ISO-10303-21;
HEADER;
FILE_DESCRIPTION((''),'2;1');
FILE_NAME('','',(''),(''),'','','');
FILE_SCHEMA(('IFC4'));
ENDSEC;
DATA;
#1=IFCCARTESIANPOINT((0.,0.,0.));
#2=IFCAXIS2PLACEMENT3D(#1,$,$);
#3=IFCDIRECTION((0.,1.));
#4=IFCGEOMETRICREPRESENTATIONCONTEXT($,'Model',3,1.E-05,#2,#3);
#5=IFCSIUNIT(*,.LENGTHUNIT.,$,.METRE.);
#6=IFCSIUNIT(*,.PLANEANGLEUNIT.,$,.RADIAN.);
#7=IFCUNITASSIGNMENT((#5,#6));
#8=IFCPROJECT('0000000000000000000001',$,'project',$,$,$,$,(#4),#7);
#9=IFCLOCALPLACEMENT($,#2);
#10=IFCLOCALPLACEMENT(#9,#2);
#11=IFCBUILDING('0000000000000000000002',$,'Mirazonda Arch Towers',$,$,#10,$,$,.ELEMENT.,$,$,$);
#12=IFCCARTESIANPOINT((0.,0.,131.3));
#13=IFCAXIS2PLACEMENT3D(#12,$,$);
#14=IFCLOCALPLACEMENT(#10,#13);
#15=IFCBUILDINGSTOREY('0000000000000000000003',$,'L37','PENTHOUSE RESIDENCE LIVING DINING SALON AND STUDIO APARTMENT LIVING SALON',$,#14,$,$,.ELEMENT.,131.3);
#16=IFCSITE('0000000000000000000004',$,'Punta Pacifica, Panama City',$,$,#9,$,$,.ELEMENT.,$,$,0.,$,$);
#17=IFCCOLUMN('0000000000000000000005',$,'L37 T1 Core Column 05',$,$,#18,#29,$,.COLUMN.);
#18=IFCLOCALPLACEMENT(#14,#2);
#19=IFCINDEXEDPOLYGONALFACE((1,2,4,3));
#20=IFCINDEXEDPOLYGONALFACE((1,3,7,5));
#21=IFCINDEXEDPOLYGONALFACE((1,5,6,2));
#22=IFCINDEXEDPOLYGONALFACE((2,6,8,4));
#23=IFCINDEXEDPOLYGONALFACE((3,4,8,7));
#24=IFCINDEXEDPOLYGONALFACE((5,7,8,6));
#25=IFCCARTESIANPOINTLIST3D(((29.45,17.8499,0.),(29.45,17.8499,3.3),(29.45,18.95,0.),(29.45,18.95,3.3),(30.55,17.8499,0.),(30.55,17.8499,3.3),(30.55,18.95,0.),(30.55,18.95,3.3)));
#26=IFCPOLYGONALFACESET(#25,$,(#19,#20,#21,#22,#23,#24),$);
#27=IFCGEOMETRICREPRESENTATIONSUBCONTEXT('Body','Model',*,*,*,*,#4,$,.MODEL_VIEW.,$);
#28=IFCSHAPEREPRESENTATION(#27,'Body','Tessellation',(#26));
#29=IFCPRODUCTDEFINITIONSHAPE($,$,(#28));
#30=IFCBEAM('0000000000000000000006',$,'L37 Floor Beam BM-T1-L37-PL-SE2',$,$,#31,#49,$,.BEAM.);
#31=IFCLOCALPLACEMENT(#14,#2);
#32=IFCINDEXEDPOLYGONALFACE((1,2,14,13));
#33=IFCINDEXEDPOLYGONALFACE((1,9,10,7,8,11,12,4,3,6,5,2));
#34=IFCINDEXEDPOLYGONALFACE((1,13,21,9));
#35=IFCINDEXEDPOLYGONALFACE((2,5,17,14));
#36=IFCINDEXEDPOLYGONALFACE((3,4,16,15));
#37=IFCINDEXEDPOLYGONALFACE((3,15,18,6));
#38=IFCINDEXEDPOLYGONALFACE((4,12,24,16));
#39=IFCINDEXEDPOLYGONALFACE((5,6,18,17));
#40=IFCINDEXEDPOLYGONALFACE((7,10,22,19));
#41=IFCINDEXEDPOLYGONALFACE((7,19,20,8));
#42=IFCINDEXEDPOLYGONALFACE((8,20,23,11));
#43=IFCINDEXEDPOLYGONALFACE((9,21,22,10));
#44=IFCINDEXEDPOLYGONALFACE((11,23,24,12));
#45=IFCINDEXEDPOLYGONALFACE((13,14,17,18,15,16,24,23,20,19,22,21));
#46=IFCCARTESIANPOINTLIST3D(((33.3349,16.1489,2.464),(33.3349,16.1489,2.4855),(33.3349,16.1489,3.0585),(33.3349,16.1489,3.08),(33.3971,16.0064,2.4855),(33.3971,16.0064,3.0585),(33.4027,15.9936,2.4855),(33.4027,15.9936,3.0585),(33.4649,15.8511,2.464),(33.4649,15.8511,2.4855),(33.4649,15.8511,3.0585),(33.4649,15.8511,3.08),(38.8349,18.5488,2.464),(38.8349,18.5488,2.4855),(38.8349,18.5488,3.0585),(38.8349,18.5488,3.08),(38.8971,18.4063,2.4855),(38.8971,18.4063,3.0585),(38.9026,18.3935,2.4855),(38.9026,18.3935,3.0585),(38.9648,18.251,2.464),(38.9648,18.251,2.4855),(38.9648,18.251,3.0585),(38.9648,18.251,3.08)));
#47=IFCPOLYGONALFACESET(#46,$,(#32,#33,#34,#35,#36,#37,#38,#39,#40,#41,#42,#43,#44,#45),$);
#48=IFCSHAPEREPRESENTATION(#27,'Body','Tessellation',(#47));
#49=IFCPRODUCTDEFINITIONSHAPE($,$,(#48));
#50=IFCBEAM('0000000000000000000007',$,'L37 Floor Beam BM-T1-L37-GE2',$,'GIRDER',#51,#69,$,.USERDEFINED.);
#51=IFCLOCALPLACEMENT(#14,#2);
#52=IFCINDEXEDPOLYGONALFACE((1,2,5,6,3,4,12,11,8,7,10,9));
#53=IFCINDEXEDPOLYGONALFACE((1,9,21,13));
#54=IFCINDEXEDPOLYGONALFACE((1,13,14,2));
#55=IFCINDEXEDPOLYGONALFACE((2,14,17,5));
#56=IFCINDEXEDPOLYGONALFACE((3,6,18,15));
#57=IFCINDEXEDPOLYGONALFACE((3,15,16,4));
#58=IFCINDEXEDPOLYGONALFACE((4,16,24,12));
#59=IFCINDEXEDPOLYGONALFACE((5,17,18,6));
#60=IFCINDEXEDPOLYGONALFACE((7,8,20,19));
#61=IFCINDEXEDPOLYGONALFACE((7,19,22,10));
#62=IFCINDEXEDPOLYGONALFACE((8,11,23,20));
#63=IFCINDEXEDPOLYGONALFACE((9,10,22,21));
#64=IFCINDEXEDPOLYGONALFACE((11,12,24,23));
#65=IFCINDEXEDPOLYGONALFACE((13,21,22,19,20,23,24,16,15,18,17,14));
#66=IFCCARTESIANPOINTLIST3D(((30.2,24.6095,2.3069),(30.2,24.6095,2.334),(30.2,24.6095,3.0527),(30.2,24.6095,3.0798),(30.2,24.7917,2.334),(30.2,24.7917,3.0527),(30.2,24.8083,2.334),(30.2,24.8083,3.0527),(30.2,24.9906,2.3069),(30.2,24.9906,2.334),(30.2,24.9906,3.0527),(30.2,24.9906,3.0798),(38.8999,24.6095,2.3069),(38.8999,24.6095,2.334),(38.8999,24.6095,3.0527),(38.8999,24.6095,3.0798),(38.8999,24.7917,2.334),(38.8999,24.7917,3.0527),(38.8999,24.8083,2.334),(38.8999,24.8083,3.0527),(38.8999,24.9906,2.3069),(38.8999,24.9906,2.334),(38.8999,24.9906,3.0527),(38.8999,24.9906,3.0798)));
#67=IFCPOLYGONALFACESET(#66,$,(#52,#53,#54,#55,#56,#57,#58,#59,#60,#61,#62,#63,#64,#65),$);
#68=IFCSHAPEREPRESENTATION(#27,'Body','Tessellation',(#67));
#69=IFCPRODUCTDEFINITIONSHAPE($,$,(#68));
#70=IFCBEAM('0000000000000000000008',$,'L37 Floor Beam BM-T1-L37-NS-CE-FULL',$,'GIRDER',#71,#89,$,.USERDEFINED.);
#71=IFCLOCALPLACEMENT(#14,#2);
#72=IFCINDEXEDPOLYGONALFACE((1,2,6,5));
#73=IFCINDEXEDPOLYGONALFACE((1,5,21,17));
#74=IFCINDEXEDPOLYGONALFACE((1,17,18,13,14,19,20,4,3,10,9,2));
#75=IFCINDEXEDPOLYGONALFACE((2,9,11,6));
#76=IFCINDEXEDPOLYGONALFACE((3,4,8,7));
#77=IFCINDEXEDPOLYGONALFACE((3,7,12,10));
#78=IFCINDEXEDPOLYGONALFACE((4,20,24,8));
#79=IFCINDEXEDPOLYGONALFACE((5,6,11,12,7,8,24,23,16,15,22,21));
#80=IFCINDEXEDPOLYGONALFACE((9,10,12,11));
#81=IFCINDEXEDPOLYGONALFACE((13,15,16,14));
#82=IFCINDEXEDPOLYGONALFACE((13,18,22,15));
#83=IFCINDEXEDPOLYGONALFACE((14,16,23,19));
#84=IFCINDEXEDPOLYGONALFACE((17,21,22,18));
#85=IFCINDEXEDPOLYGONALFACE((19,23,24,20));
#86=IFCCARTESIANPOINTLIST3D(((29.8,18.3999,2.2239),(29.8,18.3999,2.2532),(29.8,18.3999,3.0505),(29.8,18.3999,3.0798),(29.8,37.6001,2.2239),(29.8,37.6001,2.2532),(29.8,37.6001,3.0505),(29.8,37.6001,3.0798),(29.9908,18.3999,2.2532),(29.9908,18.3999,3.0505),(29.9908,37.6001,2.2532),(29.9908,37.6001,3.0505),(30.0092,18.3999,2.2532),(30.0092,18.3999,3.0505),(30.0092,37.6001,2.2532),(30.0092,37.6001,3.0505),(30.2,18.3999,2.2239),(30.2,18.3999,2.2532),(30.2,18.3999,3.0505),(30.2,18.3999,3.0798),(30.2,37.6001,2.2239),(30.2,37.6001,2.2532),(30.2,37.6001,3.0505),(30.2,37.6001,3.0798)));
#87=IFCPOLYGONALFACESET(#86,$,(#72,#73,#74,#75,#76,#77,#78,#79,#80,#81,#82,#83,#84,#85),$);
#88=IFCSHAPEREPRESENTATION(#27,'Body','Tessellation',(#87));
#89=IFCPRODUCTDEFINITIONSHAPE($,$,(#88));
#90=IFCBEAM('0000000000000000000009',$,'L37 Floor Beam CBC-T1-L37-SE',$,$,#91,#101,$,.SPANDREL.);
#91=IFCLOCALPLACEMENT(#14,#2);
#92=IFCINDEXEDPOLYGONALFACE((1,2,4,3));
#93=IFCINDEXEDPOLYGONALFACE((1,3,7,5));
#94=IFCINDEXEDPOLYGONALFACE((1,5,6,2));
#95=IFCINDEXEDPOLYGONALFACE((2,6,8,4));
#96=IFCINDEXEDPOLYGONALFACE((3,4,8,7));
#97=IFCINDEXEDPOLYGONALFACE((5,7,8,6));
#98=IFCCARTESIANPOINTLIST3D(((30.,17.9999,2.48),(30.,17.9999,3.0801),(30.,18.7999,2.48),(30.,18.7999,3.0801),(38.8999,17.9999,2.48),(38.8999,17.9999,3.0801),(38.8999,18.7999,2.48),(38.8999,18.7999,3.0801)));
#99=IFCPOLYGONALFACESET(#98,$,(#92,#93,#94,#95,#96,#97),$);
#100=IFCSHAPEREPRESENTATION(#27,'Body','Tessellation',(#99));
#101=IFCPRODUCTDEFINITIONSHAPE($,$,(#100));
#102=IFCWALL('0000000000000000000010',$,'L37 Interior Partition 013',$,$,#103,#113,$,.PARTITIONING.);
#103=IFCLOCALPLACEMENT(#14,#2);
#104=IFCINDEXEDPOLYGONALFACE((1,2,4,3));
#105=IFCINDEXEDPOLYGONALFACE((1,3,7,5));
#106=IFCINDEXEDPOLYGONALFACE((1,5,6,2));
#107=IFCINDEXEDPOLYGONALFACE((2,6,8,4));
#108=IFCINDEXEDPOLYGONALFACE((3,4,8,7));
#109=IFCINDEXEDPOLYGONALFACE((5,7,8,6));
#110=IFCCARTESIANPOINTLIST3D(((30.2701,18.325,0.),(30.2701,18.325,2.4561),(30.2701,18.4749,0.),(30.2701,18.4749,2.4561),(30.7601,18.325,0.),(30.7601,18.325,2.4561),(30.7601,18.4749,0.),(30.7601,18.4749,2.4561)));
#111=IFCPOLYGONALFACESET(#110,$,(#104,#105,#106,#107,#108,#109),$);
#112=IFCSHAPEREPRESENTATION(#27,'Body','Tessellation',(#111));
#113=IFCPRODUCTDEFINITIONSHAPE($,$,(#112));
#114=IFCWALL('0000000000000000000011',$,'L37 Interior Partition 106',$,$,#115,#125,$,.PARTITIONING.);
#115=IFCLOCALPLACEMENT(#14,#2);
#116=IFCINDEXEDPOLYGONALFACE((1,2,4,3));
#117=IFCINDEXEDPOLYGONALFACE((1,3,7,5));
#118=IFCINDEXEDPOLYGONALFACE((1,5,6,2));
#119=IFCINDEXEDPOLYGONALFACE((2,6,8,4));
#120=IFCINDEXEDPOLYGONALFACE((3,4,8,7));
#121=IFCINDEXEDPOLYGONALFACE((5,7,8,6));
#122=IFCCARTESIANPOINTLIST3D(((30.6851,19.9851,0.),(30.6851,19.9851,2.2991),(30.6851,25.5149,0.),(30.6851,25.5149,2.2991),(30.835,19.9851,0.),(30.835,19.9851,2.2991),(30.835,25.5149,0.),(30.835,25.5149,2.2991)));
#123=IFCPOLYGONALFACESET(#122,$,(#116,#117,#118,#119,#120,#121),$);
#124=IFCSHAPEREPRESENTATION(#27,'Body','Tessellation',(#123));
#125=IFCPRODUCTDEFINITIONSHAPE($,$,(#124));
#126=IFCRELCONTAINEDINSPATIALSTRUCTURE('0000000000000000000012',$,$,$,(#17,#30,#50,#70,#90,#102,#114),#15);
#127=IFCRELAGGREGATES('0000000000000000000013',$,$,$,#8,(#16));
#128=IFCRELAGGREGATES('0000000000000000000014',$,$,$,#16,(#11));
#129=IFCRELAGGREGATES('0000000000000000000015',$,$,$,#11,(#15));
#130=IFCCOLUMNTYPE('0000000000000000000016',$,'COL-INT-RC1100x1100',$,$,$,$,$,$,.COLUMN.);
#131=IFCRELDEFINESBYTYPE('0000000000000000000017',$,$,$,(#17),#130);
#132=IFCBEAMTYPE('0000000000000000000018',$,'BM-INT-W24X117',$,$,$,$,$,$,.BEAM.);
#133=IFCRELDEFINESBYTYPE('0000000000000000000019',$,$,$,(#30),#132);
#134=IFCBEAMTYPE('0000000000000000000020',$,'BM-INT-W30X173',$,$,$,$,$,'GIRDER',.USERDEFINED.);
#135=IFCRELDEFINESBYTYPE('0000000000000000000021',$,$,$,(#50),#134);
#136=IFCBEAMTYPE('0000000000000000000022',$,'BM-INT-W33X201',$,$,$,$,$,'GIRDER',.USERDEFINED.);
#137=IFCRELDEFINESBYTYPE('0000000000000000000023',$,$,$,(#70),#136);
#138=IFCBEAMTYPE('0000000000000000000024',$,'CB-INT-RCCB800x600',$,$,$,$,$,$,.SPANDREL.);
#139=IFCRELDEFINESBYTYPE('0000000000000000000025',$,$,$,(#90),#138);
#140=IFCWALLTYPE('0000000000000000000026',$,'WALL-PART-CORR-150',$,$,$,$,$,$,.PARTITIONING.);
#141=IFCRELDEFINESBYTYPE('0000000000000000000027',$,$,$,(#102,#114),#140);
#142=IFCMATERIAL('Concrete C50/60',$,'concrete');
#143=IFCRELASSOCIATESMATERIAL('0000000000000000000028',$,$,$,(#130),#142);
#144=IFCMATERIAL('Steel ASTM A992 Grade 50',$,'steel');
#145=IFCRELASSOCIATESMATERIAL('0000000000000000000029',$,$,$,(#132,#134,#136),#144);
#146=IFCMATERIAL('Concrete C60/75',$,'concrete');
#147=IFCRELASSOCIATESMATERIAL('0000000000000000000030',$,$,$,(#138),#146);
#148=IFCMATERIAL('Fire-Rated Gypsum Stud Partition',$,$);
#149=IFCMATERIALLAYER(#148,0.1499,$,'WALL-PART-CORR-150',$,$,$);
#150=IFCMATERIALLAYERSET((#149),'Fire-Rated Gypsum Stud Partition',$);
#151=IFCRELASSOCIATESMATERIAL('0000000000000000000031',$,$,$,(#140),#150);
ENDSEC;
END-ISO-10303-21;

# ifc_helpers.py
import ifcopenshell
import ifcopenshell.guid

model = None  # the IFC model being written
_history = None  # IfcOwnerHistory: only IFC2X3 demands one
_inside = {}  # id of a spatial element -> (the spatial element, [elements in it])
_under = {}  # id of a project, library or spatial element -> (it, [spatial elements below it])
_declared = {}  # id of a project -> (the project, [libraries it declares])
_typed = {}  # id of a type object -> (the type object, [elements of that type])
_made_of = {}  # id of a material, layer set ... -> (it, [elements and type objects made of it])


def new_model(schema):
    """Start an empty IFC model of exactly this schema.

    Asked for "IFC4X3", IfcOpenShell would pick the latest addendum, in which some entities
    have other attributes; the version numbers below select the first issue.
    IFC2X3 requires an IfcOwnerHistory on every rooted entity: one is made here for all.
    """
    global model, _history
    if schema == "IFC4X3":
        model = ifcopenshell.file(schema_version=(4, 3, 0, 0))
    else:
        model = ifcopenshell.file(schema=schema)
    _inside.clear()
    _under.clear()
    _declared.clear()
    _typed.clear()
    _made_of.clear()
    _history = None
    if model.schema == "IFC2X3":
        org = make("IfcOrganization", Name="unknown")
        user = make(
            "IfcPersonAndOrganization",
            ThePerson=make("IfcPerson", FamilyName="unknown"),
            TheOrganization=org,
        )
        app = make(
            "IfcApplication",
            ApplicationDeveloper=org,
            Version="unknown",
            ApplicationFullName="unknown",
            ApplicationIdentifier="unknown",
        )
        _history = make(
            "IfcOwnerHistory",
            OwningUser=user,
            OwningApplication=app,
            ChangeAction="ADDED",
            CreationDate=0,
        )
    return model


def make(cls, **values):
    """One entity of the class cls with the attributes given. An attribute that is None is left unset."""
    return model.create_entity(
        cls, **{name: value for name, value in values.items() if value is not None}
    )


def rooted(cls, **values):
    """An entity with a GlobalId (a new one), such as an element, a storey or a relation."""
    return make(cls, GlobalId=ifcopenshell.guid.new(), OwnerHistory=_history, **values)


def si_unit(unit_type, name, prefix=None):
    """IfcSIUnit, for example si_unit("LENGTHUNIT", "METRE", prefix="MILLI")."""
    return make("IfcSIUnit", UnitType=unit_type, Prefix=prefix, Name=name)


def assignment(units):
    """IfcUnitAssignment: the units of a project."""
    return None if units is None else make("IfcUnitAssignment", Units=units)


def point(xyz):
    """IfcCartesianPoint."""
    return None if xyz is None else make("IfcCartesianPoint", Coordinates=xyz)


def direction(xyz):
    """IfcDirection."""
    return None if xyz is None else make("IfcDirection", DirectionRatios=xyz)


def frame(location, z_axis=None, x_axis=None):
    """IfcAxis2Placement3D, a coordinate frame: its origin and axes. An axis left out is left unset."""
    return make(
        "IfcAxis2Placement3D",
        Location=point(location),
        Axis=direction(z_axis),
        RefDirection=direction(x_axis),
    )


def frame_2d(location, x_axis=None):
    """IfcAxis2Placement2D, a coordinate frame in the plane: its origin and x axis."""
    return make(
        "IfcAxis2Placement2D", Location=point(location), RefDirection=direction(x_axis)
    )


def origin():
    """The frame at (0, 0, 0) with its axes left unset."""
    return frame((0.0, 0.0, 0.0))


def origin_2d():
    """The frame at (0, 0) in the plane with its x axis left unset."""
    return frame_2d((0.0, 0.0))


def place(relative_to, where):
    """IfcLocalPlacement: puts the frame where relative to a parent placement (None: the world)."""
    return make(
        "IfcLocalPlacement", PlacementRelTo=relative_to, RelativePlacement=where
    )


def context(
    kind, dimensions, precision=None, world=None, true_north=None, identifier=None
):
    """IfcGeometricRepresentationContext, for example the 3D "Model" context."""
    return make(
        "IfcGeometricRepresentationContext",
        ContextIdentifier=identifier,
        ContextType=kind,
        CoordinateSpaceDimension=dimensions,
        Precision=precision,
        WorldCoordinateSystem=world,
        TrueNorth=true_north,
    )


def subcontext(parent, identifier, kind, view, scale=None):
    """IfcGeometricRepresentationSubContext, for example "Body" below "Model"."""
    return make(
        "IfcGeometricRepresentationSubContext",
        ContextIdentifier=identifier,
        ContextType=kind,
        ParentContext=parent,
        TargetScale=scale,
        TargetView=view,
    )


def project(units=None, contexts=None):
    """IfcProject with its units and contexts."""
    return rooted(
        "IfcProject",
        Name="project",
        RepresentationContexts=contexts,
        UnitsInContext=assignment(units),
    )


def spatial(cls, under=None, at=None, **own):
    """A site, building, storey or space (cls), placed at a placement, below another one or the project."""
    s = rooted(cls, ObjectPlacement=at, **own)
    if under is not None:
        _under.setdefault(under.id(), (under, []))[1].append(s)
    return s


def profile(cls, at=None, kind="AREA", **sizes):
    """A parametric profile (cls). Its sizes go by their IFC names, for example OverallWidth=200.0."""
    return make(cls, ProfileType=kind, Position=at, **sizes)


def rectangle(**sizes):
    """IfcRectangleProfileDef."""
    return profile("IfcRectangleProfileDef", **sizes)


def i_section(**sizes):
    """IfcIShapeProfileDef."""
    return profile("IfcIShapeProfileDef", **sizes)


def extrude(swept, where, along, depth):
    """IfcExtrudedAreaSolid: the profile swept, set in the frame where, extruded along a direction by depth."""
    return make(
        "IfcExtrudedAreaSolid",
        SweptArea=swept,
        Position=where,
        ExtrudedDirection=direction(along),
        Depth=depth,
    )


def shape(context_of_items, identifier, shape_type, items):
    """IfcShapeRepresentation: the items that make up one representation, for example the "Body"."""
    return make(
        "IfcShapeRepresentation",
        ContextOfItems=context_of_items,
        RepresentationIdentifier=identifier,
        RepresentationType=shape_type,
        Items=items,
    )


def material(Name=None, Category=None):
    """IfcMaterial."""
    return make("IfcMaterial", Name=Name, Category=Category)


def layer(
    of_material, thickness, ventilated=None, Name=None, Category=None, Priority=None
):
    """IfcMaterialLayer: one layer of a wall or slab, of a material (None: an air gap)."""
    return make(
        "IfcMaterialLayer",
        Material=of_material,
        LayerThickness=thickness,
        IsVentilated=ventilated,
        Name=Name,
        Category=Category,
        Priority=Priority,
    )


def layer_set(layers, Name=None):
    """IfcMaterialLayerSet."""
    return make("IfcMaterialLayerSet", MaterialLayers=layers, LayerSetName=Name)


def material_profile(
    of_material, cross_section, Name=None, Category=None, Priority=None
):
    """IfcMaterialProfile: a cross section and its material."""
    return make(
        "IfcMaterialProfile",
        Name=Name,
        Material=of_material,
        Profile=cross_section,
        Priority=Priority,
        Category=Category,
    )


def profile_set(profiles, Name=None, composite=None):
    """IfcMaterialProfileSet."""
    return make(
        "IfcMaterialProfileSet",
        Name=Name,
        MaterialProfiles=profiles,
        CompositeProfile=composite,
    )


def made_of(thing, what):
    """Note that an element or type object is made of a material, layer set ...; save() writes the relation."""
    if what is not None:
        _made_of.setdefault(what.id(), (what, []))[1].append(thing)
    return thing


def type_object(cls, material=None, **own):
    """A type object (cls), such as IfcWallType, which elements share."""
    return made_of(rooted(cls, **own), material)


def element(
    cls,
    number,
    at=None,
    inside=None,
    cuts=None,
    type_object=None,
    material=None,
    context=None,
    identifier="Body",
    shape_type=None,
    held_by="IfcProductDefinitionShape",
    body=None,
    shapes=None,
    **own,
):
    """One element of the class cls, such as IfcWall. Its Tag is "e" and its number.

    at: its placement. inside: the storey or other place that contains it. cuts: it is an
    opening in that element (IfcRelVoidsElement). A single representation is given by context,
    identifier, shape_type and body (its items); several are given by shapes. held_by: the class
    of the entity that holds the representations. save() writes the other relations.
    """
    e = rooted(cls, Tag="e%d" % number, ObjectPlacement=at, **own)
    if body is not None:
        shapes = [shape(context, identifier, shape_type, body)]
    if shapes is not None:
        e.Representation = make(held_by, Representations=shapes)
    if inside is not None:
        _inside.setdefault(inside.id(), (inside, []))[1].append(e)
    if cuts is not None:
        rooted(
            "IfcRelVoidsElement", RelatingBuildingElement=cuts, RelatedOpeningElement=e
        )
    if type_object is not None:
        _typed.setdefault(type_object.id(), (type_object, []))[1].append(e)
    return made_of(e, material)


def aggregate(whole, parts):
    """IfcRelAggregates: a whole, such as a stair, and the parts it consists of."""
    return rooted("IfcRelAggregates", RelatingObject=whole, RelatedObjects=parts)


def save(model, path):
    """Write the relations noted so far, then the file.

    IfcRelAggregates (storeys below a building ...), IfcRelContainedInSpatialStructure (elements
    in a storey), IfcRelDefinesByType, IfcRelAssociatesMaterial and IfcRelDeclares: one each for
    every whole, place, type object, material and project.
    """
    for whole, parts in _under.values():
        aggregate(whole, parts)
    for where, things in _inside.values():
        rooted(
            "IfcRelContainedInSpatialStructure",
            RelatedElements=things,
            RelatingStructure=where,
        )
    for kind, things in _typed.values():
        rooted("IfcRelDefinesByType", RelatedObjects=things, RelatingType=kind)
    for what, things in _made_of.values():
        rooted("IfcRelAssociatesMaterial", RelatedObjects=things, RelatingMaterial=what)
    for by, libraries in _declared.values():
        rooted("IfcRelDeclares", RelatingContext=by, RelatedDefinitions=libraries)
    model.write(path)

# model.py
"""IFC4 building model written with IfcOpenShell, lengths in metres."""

from ifc_helpers import new_model, si_unit, direction, frame, frame_2d, origin, origin_2d, place, context, subcontext, project, spatial, rectangle, i_section, extrude, material, layer, layer_set, material_profile, profile_set, type_object, element, save


model = new_model("IFC4")

# Units and contexts
model_context = context("Model", 3, precision=1e-05, world=origin(), true_north=direction((0.0, 1.0)))
body_context = subcontext(model_context, "Body", "Model", "MODEL_VIEW")
ifc_project = project(units=[si_unit("LENGTHUNIT", "METRE"), si_unit("PLANEANGLEUNIT", "RADIAN")], contexts=[model_context])

# Site, building, storey
site_placement = place(None, origin())
site = spatial("IfcSite", under=ifc_project, at=site_placement, Name="Punta Pacifica, Panama City", CompositionType="ELEMENT", RefElevation=0.0)
building_placement = place(site_placement, origin())
building = spatial("IfcBuilding", under=site, at=building_placement, Name="Mirazonda Arch Towers", CompositionType="ELEMENT")
storey_placement = place(building_placement, frame((0.0, 0.0, 131.3)))
storey = spatial("IfcBuildingStorey", under=building, at=storey_placement, Name="L37", Description="PENTHOUSE RESIDENCE LIVING DINING SALON AND STUDIO APARTMENT LIVING SALON", CompositionType="ELEMENT", Elevation=131.3)

# Column
ifc_material_1 = material(Name="Concrete C50/60", Category="concrete")
ifc_material_profile_1 = material_profile(ifc_material_1, rectangle(XDim=1.1001, YDim=1.1001, at=origin_2d()), Name="RC1100x1100")
ifc_profile_set_1 = profile_set([ifc_material_profile_1], Name="Concrete C50/60")
column_type = type_object("IfcColumnType", Name="COL-INT-RC1100x1100", PredefinedType="COLUMN", material=ifc_profile_set_1)
column_placement = place(storey_placement, frame((30.0, 18.3999, 0.0), z_axis=(0.0, 0.0, 1.0), x_axis=(1.0, 0.0, 0.0)))
element("IfcColumn", 1, at=column_placement, inside=storey, type_object=column_type, Name="L37 T1 Core Column 05", PredefinedType="COLUMN", context=body_context, shape_type="SweptSolid", body=[
    extrude(rectangle(XDim=1.1001, YDim=1.1001, at=origin_2d()), origin(), (0.0, 0.0, 1.0), 3.3),
])

# Beams
ifc_material_2 = material(Name="Steel ASTM A992 Grade 50", Category="steel")
ifc_material_profile_2 = material_profile(ifc_material_2, i_section(OverallWidth=0.325, OverallDepth=0.616, WebThickness=0.0139, FlangeThickness=0.0215, at=origin_2d()), Name="W24X117")
ifc_profile_set_2 = profile_set([ifc_material_profile_2], Name="Steel ASTM A992 Grade 50")
beam_type_1 = type_object("IfcBeamType", Name="BM-INT-W24X117", PredefinedType="BEAM", material=ifc_profile_set_2)
beam_1_placement = place(storey_placement, frame((33.3999, 16.0, 2.772), z_axis=(0.916545, 0.399931, 0.0), x_axis=(-0.399931, 0.916545, 0.0)))
element("IfcBeam", 2, at=beam_1_placement, inside=storey, type_object=beam_type_1, Name="L37 Floor Beam BM-T1-L37-PL-SE2", PredefinedType="BEAM", context=body_context, shape_type="SweptSolid", body=[
    extrude(i_section(OverallWidth=0.325, OverallDepth=0.616, WebThickness=0.0139, FlangeThickness=0.0215, at=origin_2d()), origin(), (0.0, 0.0, 1.0), 6.0007),
])
ifc_material_profile_3 = material_profile(ifc_material_2, i_section(OverallWidth=0.3811, OverallDepth=0.7729, WebThickness=0.0166, FlangeThickness=0.0271, at=origin_2d()), Name="W30X173")
ifc_profile_set_3 = profile_set([ifc_material_profile_3], Name="Steel ASTM A992 Grade 50")
beam_type_2 = type_object("IfcBeamType", Name="BM-INT-W30X173", ElementType="GIRDER", PredefinedType="USERDEFINED", material=ifc_profile_set_3)
beam_2_placement = place(storey_placement, frame((30.2, 24.8, 2.6934), z_axis=(1.0, 0.0, 0.0), x_axis=(0.0, 1.0, 0.0)))
element("IfcBeam", 3, at=beam_2_placement, inside=storey, type_object=beam_type_2, Name="L37 Floor Beam BM-T1-L37-GE2", ObjectType="GIRDER", PredefinedType="USERDEFINED", context=body_context, shape_type="SweptSolid", body=[
    extrude(i_section(OverallWidth=0.3811, OverallDepth=0.7729, WebThickness=0.0166, FlangeThickness=0.0271, at=origin_2d()), origin(), (0.0, 0.0, 1.0), 8.7),
])
ifc_material_profile_4 = material_profile(ifc_material_2, i_section(OverallWidth=0.3999, OverallDepth=0.856, WebThickness=0.0183, FlangeThickness=0.0293, at=origin_2d()), Name="W33X201")
ifc_profile_set_4 = profile_set([ifc_material_profile_4], Name="Steel ASTM A992 Grade 50")
beam_type_3 = type_object("IfcBeamType", Name="BM-INT-W33X201", ElementType="GIRDER", PredefinedType="USERDEFINED", material=ifc_profile_set_4)
beam_3_placement = place(storey_placement, frame((30.0, 18.3999, 2.6519), z_axis=(0.0, 1.0, 0.0), x_axis=(-1.0, 0.0, 0.0)))
element("IfcBeam", 4, at=beam_3_placement, inside=storey, type_object=beam_type_3, Name="L37 Floor Beam BM-T1-L37-NS-CE-FULL", ObjectType="GIRDER", PredefinedType="USERDEFINED", context=body_context, shape_type="SweptSolid", body=[
    extrude(i_section(OverallWidth=0.3999, OverallDepth=0.856, WebThickness=0.0183, FlangeThickness=0.0293, at=origin_2d()), origin(), (0.0, 0.0, 1.0), 19.2002),
])
ifc_material_3 = material(Name="Concrete C60/75", Category="concrete")
ifc_material_profile_5 = material_profile(ifc_material_3, rectangle(XDim=0.8, YDim=0.6001, at=origin_2d()), Name="RCCB800x600")
ifc_profile_set_5 = profile_set([ifc_material_profile_5], Name="Concrete C60/75")
beam_type_4 = type_object("IfcBeamType", Name="CB-INT-RCCB800x600", PredefinedType="SPANDREL", material=ifc_profile_set_5)
beam_4_placement = place(storey_placement, frame((30.0, 18.3999, 2.78), z_axis=(1.0, 0.0, 0.0), x_axis=(0.0, 1.0, 0.0)))
element("IfcBeam", 5, at=beam_4_placement, inside=storey, type_object=beam_type_4, Name="L37 Floor Beam CBC-T1-L37-SE", PredefinedType="SPANDREL", context=body_context, shape_type="SweptSolid", body=[
    extrude(rectangle(XDim=0.8, YDim=0.6001, at=origin_2d()), origin(), (0.0, 0.0, 1.0), 8.8999),
])

# Walls
ifc_material_4 = material(Name="Fire-Rated Gypsum Stud Partition")
ifc_layer_1 = layer(ifc_material_4, 0.1499, Name="WALL-PART-CORR-150")
ifc_layer_set_1 = layer_set([ifc_layer_1], Name="Fire-Rated Gypsum Stud Partition")
wall_type_1 = type_object("IfcWallType", Name="WALL-PART-CORR-150", PredefinedType="PARTITIONING", material=ifc_layer_set_1)
wall_1_placement = place(storey_placement, frame((30.27, 18.3999, 0.0), z_axis=(0.0, 0.0, 1.0), x_axis=(1.0, 0.0, 0.0)))
element("IfcWall", 6, at=wall_1_placement, inside=storey, type_object=wall_type_1, Name="L37 Interior Partition 013", PredefinedType="PARTITIONING", context=body_context, shape_type="SweptSolid", body=[
    extrude(rectangle(XDim=0.49, YDim=0.1499, at=frame_2d((0.2451, 0.0))), origin(), (0.0, 0.0, 1.0), 2.4561),
])
wall_2_placement = place(storey_placement, frame((30.76, 19.9851, 0.0), z_axis=(0.0, 0.0, 1.0), x_axis=(0.0, 1.0, 0.0)))
element("IfcWall", 7, at=wall_2_placement, inside=storey, type_object=wall_type_1, Name="L37 Interior Partition 106", PredefinedType="PARTITIONING", context=body_context, shape_type="SweptSolid", body=[
    extrude(rectangle(XDim=5.5298, YDim=0.1499, at=frame_2d((2.7649, 0.0))), origin(), (0.0, 0.0, 1.0), 2.2991),
])

save(model, "model.ifc")
